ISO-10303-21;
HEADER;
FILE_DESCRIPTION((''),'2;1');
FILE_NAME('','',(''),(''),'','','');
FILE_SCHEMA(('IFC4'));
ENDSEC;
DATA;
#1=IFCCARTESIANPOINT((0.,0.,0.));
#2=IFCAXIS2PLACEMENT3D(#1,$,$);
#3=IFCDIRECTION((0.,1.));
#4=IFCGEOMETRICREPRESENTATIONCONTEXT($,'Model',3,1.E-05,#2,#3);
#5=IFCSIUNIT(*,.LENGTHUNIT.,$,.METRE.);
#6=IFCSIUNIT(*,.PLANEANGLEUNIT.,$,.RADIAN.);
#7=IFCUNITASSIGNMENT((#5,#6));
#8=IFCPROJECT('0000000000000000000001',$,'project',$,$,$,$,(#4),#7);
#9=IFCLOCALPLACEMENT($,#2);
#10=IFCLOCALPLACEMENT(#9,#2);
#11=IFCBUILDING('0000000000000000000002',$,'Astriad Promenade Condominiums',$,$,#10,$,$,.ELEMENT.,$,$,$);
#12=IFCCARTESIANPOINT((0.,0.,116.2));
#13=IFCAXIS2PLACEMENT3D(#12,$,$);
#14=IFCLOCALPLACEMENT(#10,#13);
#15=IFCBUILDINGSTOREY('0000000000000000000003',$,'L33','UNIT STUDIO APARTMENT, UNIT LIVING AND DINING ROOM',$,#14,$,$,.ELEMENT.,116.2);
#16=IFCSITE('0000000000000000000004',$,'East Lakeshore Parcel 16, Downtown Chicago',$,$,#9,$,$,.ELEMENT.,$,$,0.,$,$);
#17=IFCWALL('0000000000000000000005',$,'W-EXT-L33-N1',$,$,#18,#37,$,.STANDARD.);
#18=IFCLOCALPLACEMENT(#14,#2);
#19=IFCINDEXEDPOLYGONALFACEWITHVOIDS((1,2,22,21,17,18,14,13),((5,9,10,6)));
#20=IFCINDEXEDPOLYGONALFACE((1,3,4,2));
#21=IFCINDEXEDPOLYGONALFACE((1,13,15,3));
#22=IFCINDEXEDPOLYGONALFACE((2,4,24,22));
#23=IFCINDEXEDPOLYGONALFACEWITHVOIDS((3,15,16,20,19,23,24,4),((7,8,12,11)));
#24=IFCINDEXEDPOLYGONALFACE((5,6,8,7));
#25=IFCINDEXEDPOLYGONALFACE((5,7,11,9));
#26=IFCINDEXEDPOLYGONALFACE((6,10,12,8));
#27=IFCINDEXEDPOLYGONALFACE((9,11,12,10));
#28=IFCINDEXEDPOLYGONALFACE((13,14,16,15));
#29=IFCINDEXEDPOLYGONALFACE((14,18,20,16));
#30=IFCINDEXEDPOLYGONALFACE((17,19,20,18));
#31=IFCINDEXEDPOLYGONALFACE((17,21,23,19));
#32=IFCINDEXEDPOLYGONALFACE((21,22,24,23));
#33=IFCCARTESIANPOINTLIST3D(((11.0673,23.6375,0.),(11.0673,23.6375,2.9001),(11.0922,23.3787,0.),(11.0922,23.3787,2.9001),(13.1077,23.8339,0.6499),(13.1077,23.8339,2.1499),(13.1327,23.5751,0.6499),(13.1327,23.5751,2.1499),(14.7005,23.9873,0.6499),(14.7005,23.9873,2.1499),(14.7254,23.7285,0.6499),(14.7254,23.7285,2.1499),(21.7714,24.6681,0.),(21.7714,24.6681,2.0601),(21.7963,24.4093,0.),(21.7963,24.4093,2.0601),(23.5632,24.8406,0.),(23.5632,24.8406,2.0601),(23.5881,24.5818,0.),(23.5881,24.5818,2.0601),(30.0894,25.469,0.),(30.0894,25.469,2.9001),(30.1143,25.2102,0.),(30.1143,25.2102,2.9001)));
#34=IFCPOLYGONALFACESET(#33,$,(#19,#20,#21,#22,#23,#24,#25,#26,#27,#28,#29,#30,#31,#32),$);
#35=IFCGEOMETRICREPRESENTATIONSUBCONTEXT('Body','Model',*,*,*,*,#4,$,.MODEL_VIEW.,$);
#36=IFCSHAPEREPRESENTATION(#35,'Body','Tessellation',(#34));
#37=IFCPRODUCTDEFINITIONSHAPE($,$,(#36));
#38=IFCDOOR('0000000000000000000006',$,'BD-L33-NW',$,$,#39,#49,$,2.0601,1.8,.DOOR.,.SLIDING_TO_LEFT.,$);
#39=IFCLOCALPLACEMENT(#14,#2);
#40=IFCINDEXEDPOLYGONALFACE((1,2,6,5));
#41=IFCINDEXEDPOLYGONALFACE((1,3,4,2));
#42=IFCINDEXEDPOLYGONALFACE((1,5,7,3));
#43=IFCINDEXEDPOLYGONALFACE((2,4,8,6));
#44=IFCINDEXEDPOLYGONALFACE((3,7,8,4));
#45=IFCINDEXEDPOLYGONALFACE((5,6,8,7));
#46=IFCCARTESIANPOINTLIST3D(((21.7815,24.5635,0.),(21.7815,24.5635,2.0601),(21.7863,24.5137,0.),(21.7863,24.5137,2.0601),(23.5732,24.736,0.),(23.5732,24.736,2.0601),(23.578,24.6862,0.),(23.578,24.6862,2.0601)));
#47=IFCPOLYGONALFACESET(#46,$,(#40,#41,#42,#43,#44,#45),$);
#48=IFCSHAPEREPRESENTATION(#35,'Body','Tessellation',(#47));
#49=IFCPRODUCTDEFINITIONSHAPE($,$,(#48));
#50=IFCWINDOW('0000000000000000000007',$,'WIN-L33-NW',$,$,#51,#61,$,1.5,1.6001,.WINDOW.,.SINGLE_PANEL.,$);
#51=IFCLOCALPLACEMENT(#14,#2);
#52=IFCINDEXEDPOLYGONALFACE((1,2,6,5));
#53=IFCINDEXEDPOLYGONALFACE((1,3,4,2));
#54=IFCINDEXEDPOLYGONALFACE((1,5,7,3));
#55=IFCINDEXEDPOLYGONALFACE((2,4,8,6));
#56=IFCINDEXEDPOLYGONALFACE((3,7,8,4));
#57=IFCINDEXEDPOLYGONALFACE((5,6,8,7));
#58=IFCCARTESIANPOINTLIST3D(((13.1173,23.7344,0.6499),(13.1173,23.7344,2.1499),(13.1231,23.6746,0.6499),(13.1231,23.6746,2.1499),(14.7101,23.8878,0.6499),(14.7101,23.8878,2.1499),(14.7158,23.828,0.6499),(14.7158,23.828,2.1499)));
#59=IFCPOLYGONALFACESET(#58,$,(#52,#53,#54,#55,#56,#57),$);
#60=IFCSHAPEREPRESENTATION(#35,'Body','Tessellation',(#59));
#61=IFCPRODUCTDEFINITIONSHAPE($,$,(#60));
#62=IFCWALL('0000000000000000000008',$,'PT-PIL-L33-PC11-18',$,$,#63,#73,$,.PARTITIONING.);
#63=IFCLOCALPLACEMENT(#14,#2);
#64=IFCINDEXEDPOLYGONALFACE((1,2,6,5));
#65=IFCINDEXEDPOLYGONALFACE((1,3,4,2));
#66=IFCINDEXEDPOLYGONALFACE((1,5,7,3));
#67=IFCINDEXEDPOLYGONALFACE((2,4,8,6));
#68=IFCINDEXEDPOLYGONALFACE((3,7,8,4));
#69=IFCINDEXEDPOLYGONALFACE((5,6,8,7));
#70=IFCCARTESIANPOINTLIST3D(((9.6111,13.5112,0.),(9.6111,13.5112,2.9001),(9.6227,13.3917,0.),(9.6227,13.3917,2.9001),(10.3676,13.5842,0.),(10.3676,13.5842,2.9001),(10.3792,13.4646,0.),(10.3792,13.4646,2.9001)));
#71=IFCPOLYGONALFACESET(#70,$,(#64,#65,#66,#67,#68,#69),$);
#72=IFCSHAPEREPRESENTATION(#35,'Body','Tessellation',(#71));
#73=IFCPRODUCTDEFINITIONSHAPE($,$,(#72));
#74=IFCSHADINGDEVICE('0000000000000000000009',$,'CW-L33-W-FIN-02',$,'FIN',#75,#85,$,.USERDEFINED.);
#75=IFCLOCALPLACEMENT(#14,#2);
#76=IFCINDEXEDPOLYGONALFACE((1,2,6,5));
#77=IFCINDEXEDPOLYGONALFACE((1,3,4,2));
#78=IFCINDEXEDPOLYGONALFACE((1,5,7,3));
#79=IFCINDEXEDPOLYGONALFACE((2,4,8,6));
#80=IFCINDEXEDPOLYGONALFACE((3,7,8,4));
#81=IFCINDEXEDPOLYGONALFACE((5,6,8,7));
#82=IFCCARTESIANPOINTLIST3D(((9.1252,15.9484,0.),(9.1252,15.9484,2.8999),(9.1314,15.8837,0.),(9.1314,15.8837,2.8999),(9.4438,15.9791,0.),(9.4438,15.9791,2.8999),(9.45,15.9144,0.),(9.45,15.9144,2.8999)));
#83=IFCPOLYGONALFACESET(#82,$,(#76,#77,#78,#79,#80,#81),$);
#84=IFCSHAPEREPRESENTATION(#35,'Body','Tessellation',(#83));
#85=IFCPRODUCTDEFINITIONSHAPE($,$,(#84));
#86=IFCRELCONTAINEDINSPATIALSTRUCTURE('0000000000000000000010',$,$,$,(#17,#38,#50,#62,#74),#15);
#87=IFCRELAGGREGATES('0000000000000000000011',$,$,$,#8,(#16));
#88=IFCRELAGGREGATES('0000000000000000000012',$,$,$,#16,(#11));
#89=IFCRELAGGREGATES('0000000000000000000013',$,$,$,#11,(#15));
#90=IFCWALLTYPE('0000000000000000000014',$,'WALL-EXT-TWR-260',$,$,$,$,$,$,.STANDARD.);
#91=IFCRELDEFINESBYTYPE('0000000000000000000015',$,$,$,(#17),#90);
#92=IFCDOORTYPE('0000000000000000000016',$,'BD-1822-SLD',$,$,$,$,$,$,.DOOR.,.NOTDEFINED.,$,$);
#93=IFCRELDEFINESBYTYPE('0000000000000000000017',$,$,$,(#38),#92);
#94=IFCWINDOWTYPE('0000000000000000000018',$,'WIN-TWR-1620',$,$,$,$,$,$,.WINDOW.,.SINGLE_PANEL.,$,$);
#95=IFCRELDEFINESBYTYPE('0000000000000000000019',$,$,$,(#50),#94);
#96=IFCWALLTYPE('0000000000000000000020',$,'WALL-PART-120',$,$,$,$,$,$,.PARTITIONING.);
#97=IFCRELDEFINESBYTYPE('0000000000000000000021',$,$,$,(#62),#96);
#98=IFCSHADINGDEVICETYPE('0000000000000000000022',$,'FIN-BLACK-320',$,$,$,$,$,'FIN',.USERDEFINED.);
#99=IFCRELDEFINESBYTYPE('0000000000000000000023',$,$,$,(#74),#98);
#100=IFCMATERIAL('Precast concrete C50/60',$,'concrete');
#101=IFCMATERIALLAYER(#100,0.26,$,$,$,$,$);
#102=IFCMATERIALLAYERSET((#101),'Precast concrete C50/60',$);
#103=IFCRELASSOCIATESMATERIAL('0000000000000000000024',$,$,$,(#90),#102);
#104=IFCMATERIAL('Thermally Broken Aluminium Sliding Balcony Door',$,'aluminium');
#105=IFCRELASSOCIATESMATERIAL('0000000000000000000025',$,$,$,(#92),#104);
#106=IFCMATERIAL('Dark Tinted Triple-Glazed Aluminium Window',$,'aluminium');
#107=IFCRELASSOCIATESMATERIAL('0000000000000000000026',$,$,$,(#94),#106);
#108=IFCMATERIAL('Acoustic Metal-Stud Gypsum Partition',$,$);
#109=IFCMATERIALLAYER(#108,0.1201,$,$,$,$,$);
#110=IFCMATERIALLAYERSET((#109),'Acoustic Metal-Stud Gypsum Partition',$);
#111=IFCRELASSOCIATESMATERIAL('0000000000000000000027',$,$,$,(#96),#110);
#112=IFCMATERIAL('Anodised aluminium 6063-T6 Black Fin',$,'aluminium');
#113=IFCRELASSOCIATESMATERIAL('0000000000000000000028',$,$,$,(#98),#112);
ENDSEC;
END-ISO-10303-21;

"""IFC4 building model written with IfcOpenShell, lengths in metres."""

from ifc_helpers import new_model, si_unit, direction, frame, frame_2d, origin, origin_2d, place, context, subcontext, project, spatial, rectangle, extrude, source, transform, mapped, material, layer, layer_set, type_object, type_shapes, element, fill, save


model = new_model("IFC4")

# Units and contexts
model_context = context("Model", 3, precision=1e-05, world=origin(), true_north=direction((0.0, 1.0)))
body_context = subcontext(model_context, "Body", "Model", "MODEL_VIEW")
ifc_project = project(units=[si_unit("LENGTHUNIT", "METRE"), si_unit("PLANEANGLEUNIT", "RADIAN")], contexts=[model_context])

# Site, building, storey
site_placement = place(None, origin())
site = spatial("IfcSite", under=ifc_project, at=site_placement, Name="East Lakeshore Parcel 16, Downtown Chicago", CompositionType="ELEMENT", RefElevation=0.0)
building_placement = place(site_placement, origin())
building = spatial("IfcBuilding", under=site, at=building_placement, Name="Astriad Promenade Condominiums", CompositionType="ELEMENT")
storey_placement = place(building_placement, frame((0.0, 0.0, 116.2)))
storey = spatial("IfcBuildingStorey", under=building, at=storey_placement, Name="L33", Description="UNIT STUDIO APARTMENT, UNIT LIVING AND DINING ROOM", CompositionType="ELEMENT", Elevation=116.2)

# Shared definitions
ifc_material_1 = material(Name="Precast concrete C50/60", Category="concrete")
ifc_layer_1 = layer(ifc_material_1, 0.26)
ifc_layer_set_1 = layer_set([ifc_layer_1], Name="Precast concrete C50/60")
wall_type_1 = type_object("IfcWallType", Name="WALL-EXT-TWR-260", PredefinedType="STANDARD", material=ifc_layer_set_1)

# Wall, openings, door, window
wall_1_placement = place(storey_placement, frame((11.0796, 23.5081, 0.0), z_axis=(0.0, 0.0, 1.0), x_axis=(0.995397, 0.095841, 0.0)))
wall_1 = element("IfcWall", 1, at=wall_1_placement, inside=storey, type_object=wall_type_1, Name="W-EXT-L33-N1", PredefinedType="STANDARD", context=body_context, shape_type="SweptSolid", body=[
    extrude(rectangle(XDim=19.1101, YDim=0.26, at=frame_2d((9.5552, 0.0))), origin(), (0.0, 0.0, 1.0), 2.9001),
])
opening_1_placement = place(wall_1_placement, frame((10.7539, 0.0, 0.0)))
opening_1 = element("IfcOpeningElement", 2, at=opening_1_placement, cuts=wall_1, PredefinedType="OPENING", context=body_context, shape_type="SweptSolid", body=[
    extrude(rectangle(XDim=1.8, YDim=2.0601, at=frame_2d((0.8999, 1.03))), frame((0.0, 0.1399, 0.0), z_axis=(0.0, -1.0, 0.0), x_axis=(1.0, 0.0, 0.0)), (0.0, 0.0, 1.0), 0.28),
])
opening_2_placement = place(wall_1_placement, frame((2.05, 0.0, 0.6499)))
opening_2 = element("IfcOpeningElement", 3, at=opening_2_placement, cuts=wall_1, PredefinedType="OPENING", context=body_context, shape_type="SweptSolid", body=[
    extrude(rectangle(XDim=1.6001, YDim=1.5, at=frame_2d((0.8, 0.75))), frame((0.0, 0.1399, 0.0), z_axis=(0.0, -1.0, 0.0), x_axis=(1.0, 0.0, 0.0)), (0.0, 0.0, 1.0), 0.28),
])
ifc_material_2 = material(Name="Thermally Broken Aluminium Sliding Balcony Door", Category="aluminium")
door_type = type_object("IfcDoorType", Name="BD-1822-SLD", OperationType="NOTDEFINED", PredefinedType="DOOR", material=ifc_material_2)
shared_shape_1 = source(origin(), body_context, "Body", "SweptSolid", [
    extrude(rectangle(XDim=1.8, YDim=2.0601, at=frame_2d((0.8999, 1.03))), frame((0.0, 0.0249, 0.0), z_axis=(0.0, -1.0, 0.0), x_axis=(1.0, 0.0, 0.0)), (0.0, 0.0, 1.0), 0.05),
])
type_shapes(door_type, [shared_shape_1])
door_placement = place(opening_1_placement, origin())
door = element("IfcDoor", 4, at=door_placement, inside=storey, type_object=door_type, Name="BD-L33-NW", OperationType="SLIDING_TO_LEFT", OverallHeight=2.0601, OverallWidth=1.8, PredefinedType="DOOR", context=body_context, shape_type="MappedRepresentation", body=[
    mapped(shared_shape_1, transform((0.0, 0.0, 0.0), scale=1.0)),
])
fill(opening_1, door)
ifc_material_3 = material(Name="Dark Tinted Triple-Glazed Aluminium Window", Category="aluminium")
window_type = type_object("IfcWindowType", Name="WIN-TWR-1620", PartitioningType="SINGLE_PANEL", PredefinedType="WINDOW", material=ifc_material_3)
shared_shape_2 = source(origin(), body_context, "Body", "SweptSolid", [
    extrude(rectangle(XDim=1.6001, YDim=1.5, at=frame_2d((0.8, 0.75))), frame((0.0, 0.03, 0.0), z_axis=(0.0, -1.0, 0.0), x_axis=(1.0, 0.0, 0.0)), (0.0, 0.0, 1.0), 0.0601),
])
type_shapes(window_type, [shared_shape_2])
window_placement = place(opening_2_placement, origin())
window = element("IfcWindow", 5, at=window_placement, inside=storey, type_object=window_type, Name="WIN-L33-NW", OverallHeight=1.5, OverallWidth=1.6001, PartitioningType="SINGLE_PANEL", PredefinedType="WINDOW", context=body_context, shape_type="MappedRepresentation", body=[
    mapped(shared_shape_2, transform((0.0, 0.0, 0.0), scale=1.0)),
])
fill(opening_2, window)

# Wall
ifc_material_4 = material(Name="Acoustic Metal-Stud Gypsum Partition")
ifc_layer_2 = layer(ifc_material_4, 0.1201)
ifc_layer_set_2 = layer_set([ifc_layer_2], Name="Acoustic Metal-Stud Gypsum Partition")
wall_type_2 = type_object("IfcWallType", Name="WALL-PART-120", PredefinedType="PARTITIONING", material=ifc_layer_set_2)
wall_2_placement = place(storey_placement, frame((10.3733, 13.5244, 0.0), z_axis=(0.0, 0.0, 1.0), x_axis=(-0.995378, -0.096037, 0.0)))
element("IfcWall", 6, at=wall_2_placement, inside=storey, type_object=wall_type_2, Name="PT-PIL-L33-PC11-18", PredefinedType="PARTITIONING", context=body_context, shape_type="SweptSolid", body=[
    extrude(rectangle(XDim=0.76, YDim=0.1201, at=frame_2d((0.3799, 0.0))), origin(), (0.0, 0.0, 1.0), 2.9001),
])

# Shading device
ifc_material_5 = material(Name="Anodised aluminium 6063-T6 Black Fin", Category="aluminium")
shading_device_type = type_object("IfcShadingDeviceType", Name="FIN-BLACK-320", ElementType="FIN", PredefinedType="USERDEFINED", material=ifc_material_5)
shared_shape_3 = source(origin(), body_context, "Body", "SweptSolid", [
    extrude(rectangle(XDim=0.0649, YDim=0.3201, at=origin_2d()), origin(), (0.0, 0.0, 1.0), 2.8999),
])
type_shapes(shading_device_type, [shared_shape_3])
shading_device_placement = place(storey_placement, frame((9.2876, 15.9314, 0.0), z_axis=(0.0, 0.0, 1.0), x_axis=(-0.095846, 0.995396, 0.0)))
element("IfcShadingDevice", 7, at=shading_device_placement, inside=storey, type_object=shading_device_type, Name="CW-L33-W-FIN-02", ObjectType="FIN", PredefinedType="USERDEFINED", context=body_context, shape_type="MappedRepresentation", body=[
    mapped(shared_shape_3, transform((0.0, 0.0, 0.0), scale=1.0)),
])

save(model, "model.ifc")
